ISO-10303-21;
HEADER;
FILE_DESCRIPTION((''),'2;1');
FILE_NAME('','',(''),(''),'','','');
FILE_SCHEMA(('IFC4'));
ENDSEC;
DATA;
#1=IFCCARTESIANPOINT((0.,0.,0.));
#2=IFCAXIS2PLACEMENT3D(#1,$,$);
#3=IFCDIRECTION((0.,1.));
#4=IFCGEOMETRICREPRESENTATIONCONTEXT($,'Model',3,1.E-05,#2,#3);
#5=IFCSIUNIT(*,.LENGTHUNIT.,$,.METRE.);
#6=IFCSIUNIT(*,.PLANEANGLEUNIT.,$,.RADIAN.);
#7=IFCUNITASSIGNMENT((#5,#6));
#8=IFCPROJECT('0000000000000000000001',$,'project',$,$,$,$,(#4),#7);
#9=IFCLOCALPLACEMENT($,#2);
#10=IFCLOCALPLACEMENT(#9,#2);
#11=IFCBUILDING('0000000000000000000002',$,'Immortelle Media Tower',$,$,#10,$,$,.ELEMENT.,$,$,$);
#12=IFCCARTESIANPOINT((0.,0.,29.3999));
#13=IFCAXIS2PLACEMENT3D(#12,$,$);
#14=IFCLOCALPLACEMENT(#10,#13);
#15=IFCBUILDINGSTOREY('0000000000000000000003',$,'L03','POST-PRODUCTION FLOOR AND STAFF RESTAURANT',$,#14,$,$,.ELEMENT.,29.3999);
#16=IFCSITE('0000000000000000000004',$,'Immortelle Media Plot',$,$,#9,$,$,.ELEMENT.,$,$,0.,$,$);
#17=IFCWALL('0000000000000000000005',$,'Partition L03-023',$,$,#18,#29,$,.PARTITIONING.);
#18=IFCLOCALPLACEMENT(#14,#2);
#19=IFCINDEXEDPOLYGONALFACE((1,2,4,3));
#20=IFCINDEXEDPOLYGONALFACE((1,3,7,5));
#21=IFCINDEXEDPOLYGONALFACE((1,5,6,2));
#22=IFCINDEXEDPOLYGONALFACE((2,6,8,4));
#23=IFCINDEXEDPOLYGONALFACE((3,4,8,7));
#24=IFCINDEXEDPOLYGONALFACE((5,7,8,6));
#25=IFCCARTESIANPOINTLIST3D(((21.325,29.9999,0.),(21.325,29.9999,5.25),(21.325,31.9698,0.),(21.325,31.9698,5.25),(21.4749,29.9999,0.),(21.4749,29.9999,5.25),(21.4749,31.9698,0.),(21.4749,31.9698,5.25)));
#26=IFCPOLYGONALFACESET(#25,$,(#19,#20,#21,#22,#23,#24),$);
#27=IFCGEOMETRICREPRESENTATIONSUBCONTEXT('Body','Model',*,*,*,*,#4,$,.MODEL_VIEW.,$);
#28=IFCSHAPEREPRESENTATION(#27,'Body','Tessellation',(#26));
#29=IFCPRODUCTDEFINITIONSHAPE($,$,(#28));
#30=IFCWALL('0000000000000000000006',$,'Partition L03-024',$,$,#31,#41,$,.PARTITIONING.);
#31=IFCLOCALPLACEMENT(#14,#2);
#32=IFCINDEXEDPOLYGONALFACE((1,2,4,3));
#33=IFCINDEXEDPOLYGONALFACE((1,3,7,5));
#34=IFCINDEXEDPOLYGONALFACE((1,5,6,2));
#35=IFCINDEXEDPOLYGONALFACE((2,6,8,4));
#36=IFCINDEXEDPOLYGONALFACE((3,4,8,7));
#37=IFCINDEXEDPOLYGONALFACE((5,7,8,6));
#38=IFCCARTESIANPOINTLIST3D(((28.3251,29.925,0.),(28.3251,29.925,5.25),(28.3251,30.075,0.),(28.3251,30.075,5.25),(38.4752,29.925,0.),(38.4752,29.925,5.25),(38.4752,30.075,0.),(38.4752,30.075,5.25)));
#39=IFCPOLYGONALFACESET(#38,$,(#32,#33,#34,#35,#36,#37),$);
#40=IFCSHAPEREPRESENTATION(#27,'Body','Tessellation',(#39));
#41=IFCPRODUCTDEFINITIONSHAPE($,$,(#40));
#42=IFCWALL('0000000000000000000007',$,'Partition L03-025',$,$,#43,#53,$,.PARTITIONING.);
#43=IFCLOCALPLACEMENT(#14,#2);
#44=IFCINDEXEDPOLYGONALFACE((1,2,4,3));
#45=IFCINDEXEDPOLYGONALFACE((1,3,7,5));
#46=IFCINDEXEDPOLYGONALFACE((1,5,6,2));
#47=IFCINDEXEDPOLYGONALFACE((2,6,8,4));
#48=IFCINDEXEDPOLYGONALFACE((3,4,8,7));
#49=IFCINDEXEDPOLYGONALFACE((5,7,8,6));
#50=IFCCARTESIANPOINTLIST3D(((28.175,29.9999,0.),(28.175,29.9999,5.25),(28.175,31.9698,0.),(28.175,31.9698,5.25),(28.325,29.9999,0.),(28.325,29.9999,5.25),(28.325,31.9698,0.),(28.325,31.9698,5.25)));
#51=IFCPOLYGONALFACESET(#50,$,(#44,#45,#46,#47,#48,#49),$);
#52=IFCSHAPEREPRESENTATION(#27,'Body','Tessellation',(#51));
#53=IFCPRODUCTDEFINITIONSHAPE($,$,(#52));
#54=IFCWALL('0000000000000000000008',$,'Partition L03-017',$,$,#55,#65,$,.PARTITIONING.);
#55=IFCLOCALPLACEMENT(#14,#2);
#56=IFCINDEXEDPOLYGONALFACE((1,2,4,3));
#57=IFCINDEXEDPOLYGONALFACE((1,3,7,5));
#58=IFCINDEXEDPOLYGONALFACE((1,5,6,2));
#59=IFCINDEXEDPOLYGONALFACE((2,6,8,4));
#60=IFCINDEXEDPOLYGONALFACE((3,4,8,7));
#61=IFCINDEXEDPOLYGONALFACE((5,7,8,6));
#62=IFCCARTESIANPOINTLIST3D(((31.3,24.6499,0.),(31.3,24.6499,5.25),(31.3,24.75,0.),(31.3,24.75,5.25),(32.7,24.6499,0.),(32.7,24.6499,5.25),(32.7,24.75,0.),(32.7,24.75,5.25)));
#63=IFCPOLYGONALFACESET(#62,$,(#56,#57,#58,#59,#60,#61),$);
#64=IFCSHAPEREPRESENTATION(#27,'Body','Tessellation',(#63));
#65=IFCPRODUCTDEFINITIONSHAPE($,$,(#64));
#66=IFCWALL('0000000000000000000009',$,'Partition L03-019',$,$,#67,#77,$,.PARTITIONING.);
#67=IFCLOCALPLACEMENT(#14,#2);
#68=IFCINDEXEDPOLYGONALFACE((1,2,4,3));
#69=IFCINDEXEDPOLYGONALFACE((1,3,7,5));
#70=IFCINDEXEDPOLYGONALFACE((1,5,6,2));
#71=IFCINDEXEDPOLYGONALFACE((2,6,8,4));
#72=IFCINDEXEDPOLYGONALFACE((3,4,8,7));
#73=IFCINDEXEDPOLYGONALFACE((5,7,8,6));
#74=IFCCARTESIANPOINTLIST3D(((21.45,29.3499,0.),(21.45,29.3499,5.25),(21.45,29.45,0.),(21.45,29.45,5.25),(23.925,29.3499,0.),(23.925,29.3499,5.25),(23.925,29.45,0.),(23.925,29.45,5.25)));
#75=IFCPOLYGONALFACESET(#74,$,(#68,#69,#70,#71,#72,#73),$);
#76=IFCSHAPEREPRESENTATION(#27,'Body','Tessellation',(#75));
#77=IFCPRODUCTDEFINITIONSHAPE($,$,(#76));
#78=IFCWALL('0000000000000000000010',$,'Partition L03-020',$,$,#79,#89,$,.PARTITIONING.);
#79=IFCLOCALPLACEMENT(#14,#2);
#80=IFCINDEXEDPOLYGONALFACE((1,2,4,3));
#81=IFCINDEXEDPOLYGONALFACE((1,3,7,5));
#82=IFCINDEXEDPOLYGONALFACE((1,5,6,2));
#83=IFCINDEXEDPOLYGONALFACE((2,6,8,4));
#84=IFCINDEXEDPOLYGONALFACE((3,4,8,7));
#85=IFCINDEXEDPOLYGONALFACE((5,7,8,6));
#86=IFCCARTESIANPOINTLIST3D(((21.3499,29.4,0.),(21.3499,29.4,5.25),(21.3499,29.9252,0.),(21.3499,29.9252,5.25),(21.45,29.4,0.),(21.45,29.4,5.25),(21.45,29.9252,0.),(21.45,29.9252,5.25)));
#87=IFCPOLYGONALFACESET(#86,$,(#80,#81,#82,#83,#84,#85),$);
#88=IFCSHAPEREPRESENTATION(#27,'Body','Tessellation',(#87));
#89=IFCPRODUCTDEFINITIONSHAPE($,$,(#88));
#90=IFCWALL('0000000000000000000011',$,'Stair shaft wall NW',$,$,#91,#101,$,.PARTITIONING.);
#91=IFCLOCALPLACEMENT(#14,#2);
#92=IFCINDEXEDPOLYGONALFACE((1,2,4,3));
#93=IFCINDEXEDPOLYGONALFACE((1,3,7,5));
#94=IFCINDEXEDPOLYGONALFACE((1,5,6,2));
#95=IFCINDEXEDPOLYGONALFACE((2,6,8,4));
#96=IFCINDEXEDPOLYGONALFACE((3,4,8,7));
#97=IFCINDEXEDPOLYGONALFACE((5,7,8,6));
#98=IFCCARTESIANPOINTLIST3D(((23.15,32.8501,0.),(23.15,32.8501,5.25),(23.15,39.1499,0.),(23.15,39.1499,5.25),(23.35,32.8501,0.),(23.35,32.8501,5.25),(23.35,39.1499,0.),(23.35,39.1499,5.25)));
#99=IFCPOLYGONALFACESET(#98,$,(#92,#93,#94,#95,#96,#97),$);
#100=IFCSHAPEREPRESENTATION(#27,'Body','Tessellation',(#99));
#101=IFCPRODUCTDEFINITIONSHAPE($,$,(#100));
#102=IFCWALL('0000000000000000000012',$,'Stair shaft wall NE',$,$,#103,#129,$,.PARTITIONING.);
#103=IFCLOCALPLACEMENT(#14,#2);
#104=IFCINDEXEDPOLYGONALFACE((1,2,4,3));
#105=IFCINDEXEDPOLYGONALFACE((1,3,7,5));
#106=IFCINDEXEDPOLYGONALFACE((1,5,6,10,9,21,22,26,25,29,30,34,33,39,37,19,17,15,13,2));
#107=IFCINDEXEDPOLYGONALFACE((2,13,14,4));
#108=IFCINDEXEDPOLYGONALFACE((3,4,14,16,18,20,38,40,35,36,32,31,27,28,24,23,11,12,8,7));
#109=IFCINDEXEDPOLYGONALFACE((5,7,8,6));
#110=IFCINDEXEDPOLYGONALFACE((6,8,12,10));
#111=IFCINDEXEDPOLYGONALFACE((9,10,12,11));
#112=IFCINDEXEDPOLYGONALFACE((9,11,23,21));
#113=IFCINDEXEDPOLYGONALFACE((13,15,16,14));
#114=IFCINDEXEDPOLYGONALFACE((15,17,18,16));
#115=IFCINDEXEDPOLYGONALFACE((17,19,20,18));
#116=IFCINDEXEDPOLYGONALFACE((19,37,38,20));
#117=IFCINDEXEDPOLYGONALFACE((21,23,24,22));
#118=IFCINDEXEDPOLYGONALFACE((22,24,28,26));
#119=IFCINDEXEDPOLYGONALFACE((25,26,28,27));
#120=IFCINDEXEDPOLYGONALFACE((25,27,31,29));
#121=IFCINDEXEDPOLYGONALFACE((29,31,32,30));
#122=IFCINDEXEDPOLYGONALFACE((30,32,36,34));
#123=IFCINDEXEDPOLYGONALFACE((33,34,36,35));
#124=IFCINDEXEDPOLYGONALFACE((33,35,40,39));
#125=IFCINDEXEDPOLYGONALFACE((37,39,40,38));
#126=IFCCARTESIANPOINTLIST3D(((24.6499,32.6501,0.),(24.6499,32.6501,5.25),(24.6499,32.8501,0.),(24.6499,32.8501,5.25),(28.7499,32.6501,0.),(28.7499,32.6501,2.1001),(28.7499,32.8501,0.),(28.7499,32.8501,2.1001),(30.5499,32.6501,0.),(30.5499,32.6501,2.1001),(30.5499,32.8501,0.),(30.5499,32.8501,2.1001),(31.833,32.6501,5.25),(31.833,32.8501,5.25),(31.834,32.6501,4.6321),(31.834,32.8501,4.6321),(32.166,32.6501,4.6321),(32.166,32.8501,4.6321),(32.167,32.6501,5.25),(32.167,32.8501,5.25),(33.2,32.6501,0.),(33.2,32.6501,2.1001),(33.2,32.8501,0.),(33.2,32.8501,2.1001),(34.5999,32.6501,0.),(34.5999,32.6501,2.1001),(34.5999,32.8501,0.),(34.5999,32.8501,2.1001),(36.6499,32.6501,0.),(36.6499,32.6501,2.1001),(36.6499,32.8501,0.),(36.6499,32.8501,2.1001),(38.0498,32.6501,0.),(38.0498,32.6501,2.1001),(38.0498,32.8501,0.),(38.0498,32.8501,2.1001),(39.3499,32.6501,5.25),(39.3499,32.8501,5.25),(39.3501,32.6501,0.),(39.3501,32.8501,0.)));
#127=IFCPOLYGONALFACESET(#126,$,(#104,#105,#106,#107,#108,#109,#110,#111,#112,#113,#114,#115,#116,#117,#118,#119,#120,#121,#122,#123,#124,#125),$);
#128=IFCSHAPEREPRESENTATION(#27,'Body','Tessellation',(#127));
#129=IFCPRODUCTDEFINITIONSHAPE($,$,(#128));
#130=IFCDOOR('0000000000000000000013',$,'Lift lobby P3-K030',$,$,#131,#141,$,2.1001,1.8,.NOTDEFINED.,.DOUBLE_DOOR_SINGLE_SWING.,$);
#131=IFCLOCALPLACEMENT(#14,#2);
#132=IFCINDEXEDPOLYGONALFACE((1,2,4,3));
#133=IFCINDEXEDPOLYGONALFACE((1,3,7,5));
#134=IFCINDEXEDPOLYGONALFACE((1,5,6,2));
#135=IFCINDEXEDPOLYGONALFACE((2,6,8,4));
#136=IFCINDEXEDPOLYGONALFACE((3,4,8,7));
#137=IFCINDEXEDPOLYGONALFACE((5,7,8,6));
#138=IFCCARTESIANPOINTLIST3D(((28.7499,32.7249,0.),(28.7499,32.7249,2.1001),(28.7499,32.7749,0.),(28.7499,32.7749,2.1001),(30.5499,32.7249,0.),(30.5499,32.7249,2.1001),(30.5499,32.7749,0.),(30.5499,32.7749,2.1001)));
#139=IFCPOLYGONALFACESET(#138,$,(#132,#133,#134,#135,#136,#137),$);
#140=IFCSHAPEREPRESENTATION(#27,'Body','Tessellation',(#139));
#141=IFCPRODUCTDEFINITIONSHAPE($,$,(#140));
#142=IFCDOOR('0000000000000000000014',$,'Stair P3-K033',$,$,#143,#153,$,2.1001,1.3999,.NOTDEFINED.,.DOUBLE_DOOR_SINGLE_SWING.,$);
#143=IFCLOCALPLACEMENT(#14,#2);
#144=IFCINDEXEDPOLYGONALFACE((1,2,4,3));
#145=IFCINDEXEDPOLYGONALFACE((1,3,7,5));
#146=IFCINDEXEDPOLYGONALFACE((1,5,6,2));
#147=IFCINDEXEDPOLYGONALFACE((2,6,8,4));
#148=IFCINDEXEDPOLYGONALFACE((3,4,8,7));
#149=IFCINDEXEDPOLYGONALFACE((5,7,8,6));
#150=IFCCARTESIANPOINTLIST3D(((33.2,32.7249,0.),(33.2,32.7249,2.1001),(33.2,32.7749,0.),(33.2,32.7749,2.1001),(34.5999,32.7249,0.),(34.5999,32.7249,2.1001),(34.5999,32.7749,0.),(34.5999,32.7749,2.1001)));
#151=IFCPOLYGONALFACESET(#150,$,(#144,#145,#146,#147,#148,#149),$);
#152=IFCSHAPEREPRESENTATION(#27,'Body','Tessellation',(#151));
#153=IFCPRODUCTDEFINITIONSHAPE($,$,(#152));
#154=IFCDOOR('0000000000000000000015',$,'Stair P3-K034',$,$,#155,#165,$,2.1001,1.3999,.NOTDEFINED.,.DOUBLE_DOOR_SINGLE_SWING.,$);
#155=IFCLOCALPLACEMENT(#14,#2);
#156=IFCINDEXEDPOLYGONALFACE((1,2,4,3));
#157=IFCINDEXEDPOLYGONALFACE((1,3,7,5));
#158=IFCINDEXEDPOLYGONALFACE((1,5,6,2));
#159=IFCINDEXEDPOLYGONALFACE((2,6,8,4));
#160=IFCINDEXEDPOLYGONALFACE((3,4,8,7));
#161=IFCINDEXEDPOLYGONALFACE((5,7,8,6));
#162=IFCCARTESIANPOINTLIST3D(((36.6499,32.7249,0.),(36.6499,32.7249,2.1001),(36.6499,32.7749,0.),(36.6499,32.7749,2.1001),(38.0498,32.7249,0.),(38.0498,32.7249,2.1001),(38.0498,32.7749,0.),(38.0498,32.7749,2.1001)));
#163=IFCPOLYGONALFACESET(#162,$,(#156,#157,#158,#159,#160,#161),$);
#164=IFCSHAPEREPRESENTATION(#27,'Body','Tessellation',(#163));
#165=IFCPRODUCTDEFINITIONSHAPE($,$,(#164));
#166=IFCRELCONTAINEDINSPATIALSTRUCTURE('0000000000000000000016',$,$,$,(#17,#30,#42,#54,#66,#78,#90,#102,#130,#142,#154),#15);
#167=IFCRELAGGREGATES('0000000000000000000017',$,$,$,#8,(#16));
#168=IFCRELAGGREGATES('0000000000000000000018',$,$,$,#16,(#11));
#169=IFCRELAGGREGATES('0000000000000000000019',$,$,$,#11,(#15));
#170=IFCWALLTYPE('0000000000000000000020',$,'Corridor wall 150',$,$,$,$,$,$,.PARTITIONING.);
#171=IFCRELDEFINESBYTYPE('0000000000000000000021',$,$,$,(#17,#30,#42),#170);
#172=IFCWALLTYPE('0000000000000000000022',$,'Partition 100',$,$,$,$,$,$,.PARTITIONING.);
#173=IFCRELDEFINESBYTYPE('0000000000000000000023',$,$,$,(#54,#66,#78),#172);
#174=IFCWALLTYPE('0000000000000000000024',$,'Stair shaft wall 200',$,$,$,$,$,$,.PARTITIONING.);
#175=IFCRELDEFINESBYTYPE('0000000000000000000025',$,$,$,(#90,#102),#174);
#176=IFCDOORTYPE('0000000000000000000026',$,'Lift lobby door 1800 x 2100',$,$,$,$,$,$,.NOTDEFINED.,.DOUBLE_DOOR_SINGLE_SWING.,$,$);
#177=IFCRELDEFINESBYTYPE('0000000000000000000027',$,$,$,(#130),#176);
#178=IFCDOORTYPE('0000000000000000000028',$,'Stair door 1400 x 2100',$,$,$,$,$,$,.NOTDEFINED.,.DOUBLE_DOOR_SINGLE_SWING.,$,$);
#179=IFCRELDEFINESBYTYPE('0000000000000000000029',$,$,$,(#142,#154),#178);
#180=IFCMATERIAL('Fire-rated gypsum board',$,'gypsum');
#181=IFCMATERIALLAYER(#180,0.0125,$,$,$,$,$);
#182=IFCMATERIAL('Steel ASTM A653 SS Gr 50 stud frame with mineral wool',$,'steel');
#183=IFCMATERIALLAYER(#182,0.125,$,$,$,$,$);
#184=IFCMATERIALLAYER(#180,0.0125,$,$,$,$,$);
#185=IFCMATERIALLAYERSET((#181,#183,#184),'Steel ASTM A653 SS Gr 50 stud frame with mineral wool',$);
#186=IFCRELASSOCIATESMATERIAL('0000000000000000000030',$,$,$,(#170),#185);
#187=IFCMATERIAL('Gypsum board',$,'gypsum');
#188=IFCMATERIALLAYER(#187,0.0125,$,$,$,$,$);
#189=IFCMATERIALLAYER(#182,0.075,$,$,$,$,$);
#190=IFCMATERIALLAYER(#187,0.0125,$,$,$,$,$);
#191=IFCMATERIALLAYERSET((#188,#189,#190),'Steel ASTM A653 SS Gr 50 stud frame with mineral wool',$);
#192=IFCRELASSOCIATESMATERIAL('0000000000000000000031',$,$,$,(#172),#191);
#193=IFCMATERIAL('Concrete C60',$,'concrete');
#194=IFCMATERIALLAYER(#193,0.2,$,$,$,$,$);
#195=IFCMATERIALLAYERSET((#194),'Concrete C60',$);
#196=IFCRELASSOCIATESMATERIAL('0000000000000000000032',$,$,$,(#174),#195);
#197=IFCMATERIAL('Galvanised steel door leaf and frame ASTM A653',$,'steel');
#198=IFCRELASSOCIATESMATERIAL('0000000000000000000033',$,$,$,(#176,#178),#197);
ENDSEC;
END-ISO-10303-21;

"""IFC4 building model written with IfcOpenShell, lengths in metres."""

from ifc_helpers import new_model, si_unit, direction, frame, frame_2d, origin, place, context, subcontext, project, spatial, polyline, rectangle, outline, extrude, material, layer, layer_set, type_object, element, fill, save


model = new_model("IFC4")

# Units and contexts
model_context = context("Model", 3, precision=1e-05, world=origin(), true_north=direction((0.0, 1.0)))
body_context = subcontext(model_context, "Body", "Model", "MODEL_VIEW")
ifc_project = project(units=[si_unit("LENGTHUNIT", "METRE"), si_unit("PLANEANGLEUNIT", "RADIAN")], contexts=[model_context])

# Site, building, storey
site_placement = place(None, origin())
site = spatial("IfcSite", under=ifc_project, at=site_placement, Name="Immortelle Media Plot", CompositionType="ELEMENT", RefElevation=0.0)
building_placement = place(site_placement, origin())
building = spatial("IfcBuilding", under=site, at=building_placement, Name="Immortelle Media Tower", CompositionType="ELEMENT")
storey_placement = place(building_placement, frame((0.0, 0.0, 29.3999)))
storey = spatial("IfcBuildingStorey", under=building, at=storey_placement, Name="L03", Description="POST-PRODUCTION FLOOR AND STAFF RESTAURANT", CompositionType="ELEMENT", Elevation=29.3999)

# Shared definitions
ifc_material_1 = material(Name="Fire-rated gypsum board", Category="gypsum")
ifc_material_2 = material(Name="Steel ASTM A653 SS Gr 50 stud frame with mineral wool", Category="steel")

# Shared definitions
ifc_material_3 = material(Name="Galvanised steel door leaf and frame ASTM A653", Category="steel")

# Shared definitions
ifc_layer_1 = layer(ifc_material_1, 0.0125)
ifc_layer_2 = layer(ifc_material_2, 0.125)
ifc_layer_3 = layer(ifc_material_1, 0.0125)
ifc_layer_set_1 = layer_set([ifc_layer_1, ifc_layer_2, ifc_layer_3], Name="Steel ASTM A653 SS Gr 50 stud frame with mineral wool")
wall_type_1 = type_object("IfcWallType", Name="Corridor wall 150", PredefinedType="PARTITIONING", material=ifc_layer_set_1)

# Walls
wall_1_placement = place(storey_placement, frame((21.3999, 30.0, 0.0), z_axis=(0.0, 0.0, 1.0), x_axis=(0.0, 1.0, 0.0)))
element("IfcWall", 1, at=wall_1_placement, inside=storey, type_object=wall_type_1, Name="Partition L03-023", PredefinedType="PARTITIONING", context=body_context, shape_type="SweptSolid", body=[
    extrude(rectangle(XDim=1.97, YDim=0.1499, at=frame_2d((0.9849, 0.0))), origin(), (0.0, 0.0, 1.0), 5.25),
])
wall_2_placement = place(storey_placement, frame((28.325, 30.0, 0.0), z_axis=(0.0, 0.0, 1.0), x_axis=(1.0, 0.0, 0.0)))
element("IfcWall", 2, at=wall_2_placement, inside=storey, type_object=wall_type_1, Name="Partition L03-024", PredefinedType="PARTITIONING", context=body_context, shape_type="SweptSolid", body=[
    extrude(rectangle(XDim=10.1501, YDim=0.1499, at=frame_2d((5.0752, 0.0))), origin(), (0.0, 0.0, 1.0), 5.25),
])
wall_3_placement = place(storey_placement, frame((28.25, 30.0, 0.0), z_axis=(0.0, 0.0, 1.0), x_axis=(0.0, 1.0, 0.0)))
element("IfcWall", 3, at=wall_3_placement, inside=storey, type_object=wall_type_1, Name="Partition L03-025", PredefinedType="PARTITIONING", context=body_context, shape_type="SweptSolid", body=[
    extrude(rectangle(XDim=1.97, YDim=0.1499, at=frame_2d((0.9849, 0.0))), origin(), (0.0, 0.0, 1.0), 5.25),
])
ifc_material_4 = material(Name="Gypsum board", Category="gypsum")
ifc_layer_4 = layer(ifc_material_4, 0.0125)
ifc_layer_5 = layer(ifc_material_2, 0.075)
ifc_layer_6 = layer(ifc_material_4, 0.0125)
ifc_layer_set_2 = layer_set([ifc_layer_4, ifc_layer_5, ifc_layer_6], Name="Steel ASTM A653 SS Gr 50 stud frame with mineral wool")
wall_type_2 = type_object("IfcWallType", Name="Partition 100", PredefinedType="PARTITIONING", material=ifc_layer_set_2)
wall_4_placement = place(storey_placement, frame((31.3, 24.7, 0.0), z_axis=(0.0, 0.0, 1.0), x_axis=(1.0, 0.0, 0.0)))
element("IfcWall", 4, at=wall_4_placement, inside=storey, type_object=wall_type_2, Name="Partition L03-017", PredefinedType="PARTITIONING", context=body_context, shape_type="SweptSolid", body=[
    extrude(rectangle(XDim=1.3999, YDim=0.1001, at=frame_2d((0.7, 0.0))), origin(), (0.0, 0.0, 1.0), 5.25),
])
wall_5_placement = place(storey_placement, frame((21.45, 29.3999, 0.0), z_axis=(0.0, 0.0, 1.0), x_axis=(1.0, 0.0, 0.0)))
element("IfcWall", 5, at=wall_5_placement, inside=storey, type_object=wall_type_2, Name="Partition L03-019", PredefinedType="PARTITIONING", context=body_context, shape_type="SweptSolid", body=[
    extrude(rectangle(XDim=2.4751, YDim=0.1001, at=frame_2d((1.2375, 0.0))), origin(), (0.0, 0.0, 1.0), 5.25),
])
wall_6_placement = place(storey_placement, frame((21.3999, 29.3999, 0.0), z_axis=(0.0, 0.0, 1.0), x_axis=(0.0, 1.0, 0.0)))
element("IfcWall", 6, at=wall_6_placement, inside=storey, type_object=wall_type_2, Name="Partition L03-020", PredefinedType="PARTITIONING", context=body_context, shape_type="SweptSolid", body=[
    extrude(rectangle(XDim=0.5251, YDim=0.1001, at=frame_2d((0.2627, 0.0))), origin(), (0.0, 0.0, 1.0), 5.25),
])
ifc_material_5 = material(Name="Concrete C60", Category="concrete")
ifc_layer_7 = layer(ifc_material_5, 0.2)
ifc_layer_set_3 = layer_set([ifc_layer_7], Name="Concrete C60")
wall_type_3 = type_object("IfcWallType", Name="Stair shaft wall 200", PredefinedType="PARTITIONING", material=ifc_layer_set_3)
wall_7_placement = place(storey_placement, frame((23.25, 32.8501, 0.0), z_axis=(0.0, 0.0, 1.0), x_axis=(0.0, 1.0, 0.0)))
element("IfcWall", 7, at=wall_7_placement, inside=storey, type_object=wall_type_3, Name="Stair shaft wall NW", PredefinedType="PARTITIONING", context=body_context, shape_type="SweptSolid", body=[
    extrude(rectangle(XDim=6.2998, YDim=0.2, at=frame_2d((3.1499, 0.0))), origin(), (0.0, 0.0, 1.0), 5.25),
])

# Wall, openings, doors
wall_8_placement = place(storey_placement, frame((24.6499, 32.75, 0.0), z_axis=(0.0, 0.0, 1.0), x_axis=(1.0, 0.0, 0.0)))
wall_8 = element("IfcWall", 8, at=wall_8_placement, inside=storey, type_object=wall_type_3, Name="Stair shaft wall NE", PredefinedType="PARTITIONING", context=body_context, shape_type="SweptSolid", body=[
    extrude(outline(polyline([(0.0, 0.0), (14.7002, 0.0), (14.7, 5.25), (7.5171, 5.25), (7.5161, 4.6321), (7.1841, 4.6321), (7.1831, 5.25), (0.0, 5.25), (0.0, 0.0)])), frame((0.0, 0.1001, 0.0), z_axis=(0.0, -1.0, 0.0), x_axis=(1.0, 0.0, 0.0)), (0.0, 0.0, 1.0), 0.2),
])
opening_1_placement = place(wall_8_placement, frame((4.1001, 0.0, 0.0)))
opening_1 = element("IfcOpeningElement", 9, at=opening_1_placement, cuts=wall_8, PredefinedType="OPENING", context=body_context, shape_type="SweptSolid", body=[
    extrude(rectangle(XDim=1.8, YDim=2.1001, at=frame_2d((0.8999, 1.05))), frame((0.0, 0.1099, 0.0), z_axis=(0.0, -1.0, 0.0), x_axis=(1.0, 0.0, 0.0)), (0.0, 0.0, 1.0), 0.22),
])
opening_2_placement = place(wall_8_placement, frame((8.55, 0.0, 0.0)))
opening_2 = element("IfcOpeningElement", 10, at=opening_2_placement, cuts=wall_8, PredefinedType="OPENING", context=body_context, shape_type="SweptSolid", body=[
    extrude(rectangle(XDim=1.3999, YDim=2.1001, at=frame_2d((0.7, 1.05))), frame((0.0, 0.1099, 0.0), z_axis=(0.0, -1.0, 0.0), x_axis=(1.0, 0.0, 0.0)), (0.0, 0.0, 1.0), 0.22),
])
opening_3_placement = place(wall_8_placement, frame((12.0, 0.0, 0.0)))
opening_3 = element("IfcOpeningElement", 11, at=opening_3_placement, cuts=wall_8, PredefinedType="OPENING", context=body_context, shape_type="SweptSolid", body=[
    extrude(rectangle(XDim=1.3999, YDim=2.1001, at=frame_2d((0.7, 1.05))), frame((0.0, 0.1099, 0.0), z_axis=(0.0, -1.0, 0.0), x_axis=(1.0, 0.0, 0.0)), (0.0, 0.0, 1.0), 0.22),
])
door_type_1 = type_object("IfcDoorType", Name="Lift lobby door 1800 x 2100", OperationType="DOUBLE_DOOR_SINGLE_SWING", PredefinedType="NOTDEFINED", material=ifc_material_3)
door_1_placement = place(opening_1_placement, origin())
door_1 = element("IfcDoor", 12, at=door_1_placement, inside=storey, type_object=door_type_1, Name="Lift lobby P3-K030", OperationType="DOUBLE_DOOR_SINGLE_SWING", OverallHeight=2.1001, OverallWidth=1.8, PredefinedType="NOTDEFINED", context=body_context, shape_type="SweptSolid", body=[
    extrude(rectangle(XDim=1.8, YDim=2.1001, at=frame_2d((0.8999, 1.05))), frame((0.0, 0.0249, 0.0), z_axis=(0.0, -1.0, 0.0), x_axis=(1.0, 0.0, 0.0)), (0.0, 0.0, 1.0), 0.05),
])
fill(opening_1, door_1)
door_type_2 = type_object("IfcDoorType", Name="Stair door 1400 x 2100", OperationType="DOUBLE_DOOR_SINGLE_SWING", PredefinedType="NOTDEFINED", material=ifc_material_3)
door_2_placement = place(opening_2_placement, origin())
door_2 = element("IfcDoor", 13, at=door_2_placement, inside=storey, type_object=door_type_2, Name="Stair P3-K033", OperationType="DOUBLE_DOOR_SINGLE_SWING", OverallHeight=2.1001, OverallWidth=1.3999, PredefinedType="NOTDEFINED", context=body_context, shape_type="SweptSolid", body=[
    extrude(rectangle(XDim=1.3999, YDim=2.1001, at=frame_2d((0.7, 1.05))), frame((0.0, 0.0249, 0.0), z_axis=(0.0, -1.0, 0.0), x_axis=(1.0, 0.0, 0.0)), (0.0, 0.0, 1.0), 0.05),
])
fill(opening_2, door_2)
door_3_placement = place(opening_3_placement, origin())
door_3 = element("IfcDoor", 14, at=door_3_placement, inside=storey, type_object=door_type_2, Name="Stair P3-K034", OperationType="DOUBLE_DOOR_SINGLE_SWING", OverallHeight=2.1001, OverallWidth=1.3999, PredefinedType="NOTDEFINED", context=body_context, shape_type="SweptSolid", body=[
    extrude(rectangle(XDim=1.3999, YDim=2.1001, at=frame_2d((0.7, 1.05))), frame((0.0, 0.0249, 0.0), z_axis=(0.0, -1.0, 0.0), x_axis=(1.0, 0.0, 0.0)), (0.0, 0.0, 1.0), 0.05),
])
fill(opening_3, door_3)

save(model, "model.ifc")
